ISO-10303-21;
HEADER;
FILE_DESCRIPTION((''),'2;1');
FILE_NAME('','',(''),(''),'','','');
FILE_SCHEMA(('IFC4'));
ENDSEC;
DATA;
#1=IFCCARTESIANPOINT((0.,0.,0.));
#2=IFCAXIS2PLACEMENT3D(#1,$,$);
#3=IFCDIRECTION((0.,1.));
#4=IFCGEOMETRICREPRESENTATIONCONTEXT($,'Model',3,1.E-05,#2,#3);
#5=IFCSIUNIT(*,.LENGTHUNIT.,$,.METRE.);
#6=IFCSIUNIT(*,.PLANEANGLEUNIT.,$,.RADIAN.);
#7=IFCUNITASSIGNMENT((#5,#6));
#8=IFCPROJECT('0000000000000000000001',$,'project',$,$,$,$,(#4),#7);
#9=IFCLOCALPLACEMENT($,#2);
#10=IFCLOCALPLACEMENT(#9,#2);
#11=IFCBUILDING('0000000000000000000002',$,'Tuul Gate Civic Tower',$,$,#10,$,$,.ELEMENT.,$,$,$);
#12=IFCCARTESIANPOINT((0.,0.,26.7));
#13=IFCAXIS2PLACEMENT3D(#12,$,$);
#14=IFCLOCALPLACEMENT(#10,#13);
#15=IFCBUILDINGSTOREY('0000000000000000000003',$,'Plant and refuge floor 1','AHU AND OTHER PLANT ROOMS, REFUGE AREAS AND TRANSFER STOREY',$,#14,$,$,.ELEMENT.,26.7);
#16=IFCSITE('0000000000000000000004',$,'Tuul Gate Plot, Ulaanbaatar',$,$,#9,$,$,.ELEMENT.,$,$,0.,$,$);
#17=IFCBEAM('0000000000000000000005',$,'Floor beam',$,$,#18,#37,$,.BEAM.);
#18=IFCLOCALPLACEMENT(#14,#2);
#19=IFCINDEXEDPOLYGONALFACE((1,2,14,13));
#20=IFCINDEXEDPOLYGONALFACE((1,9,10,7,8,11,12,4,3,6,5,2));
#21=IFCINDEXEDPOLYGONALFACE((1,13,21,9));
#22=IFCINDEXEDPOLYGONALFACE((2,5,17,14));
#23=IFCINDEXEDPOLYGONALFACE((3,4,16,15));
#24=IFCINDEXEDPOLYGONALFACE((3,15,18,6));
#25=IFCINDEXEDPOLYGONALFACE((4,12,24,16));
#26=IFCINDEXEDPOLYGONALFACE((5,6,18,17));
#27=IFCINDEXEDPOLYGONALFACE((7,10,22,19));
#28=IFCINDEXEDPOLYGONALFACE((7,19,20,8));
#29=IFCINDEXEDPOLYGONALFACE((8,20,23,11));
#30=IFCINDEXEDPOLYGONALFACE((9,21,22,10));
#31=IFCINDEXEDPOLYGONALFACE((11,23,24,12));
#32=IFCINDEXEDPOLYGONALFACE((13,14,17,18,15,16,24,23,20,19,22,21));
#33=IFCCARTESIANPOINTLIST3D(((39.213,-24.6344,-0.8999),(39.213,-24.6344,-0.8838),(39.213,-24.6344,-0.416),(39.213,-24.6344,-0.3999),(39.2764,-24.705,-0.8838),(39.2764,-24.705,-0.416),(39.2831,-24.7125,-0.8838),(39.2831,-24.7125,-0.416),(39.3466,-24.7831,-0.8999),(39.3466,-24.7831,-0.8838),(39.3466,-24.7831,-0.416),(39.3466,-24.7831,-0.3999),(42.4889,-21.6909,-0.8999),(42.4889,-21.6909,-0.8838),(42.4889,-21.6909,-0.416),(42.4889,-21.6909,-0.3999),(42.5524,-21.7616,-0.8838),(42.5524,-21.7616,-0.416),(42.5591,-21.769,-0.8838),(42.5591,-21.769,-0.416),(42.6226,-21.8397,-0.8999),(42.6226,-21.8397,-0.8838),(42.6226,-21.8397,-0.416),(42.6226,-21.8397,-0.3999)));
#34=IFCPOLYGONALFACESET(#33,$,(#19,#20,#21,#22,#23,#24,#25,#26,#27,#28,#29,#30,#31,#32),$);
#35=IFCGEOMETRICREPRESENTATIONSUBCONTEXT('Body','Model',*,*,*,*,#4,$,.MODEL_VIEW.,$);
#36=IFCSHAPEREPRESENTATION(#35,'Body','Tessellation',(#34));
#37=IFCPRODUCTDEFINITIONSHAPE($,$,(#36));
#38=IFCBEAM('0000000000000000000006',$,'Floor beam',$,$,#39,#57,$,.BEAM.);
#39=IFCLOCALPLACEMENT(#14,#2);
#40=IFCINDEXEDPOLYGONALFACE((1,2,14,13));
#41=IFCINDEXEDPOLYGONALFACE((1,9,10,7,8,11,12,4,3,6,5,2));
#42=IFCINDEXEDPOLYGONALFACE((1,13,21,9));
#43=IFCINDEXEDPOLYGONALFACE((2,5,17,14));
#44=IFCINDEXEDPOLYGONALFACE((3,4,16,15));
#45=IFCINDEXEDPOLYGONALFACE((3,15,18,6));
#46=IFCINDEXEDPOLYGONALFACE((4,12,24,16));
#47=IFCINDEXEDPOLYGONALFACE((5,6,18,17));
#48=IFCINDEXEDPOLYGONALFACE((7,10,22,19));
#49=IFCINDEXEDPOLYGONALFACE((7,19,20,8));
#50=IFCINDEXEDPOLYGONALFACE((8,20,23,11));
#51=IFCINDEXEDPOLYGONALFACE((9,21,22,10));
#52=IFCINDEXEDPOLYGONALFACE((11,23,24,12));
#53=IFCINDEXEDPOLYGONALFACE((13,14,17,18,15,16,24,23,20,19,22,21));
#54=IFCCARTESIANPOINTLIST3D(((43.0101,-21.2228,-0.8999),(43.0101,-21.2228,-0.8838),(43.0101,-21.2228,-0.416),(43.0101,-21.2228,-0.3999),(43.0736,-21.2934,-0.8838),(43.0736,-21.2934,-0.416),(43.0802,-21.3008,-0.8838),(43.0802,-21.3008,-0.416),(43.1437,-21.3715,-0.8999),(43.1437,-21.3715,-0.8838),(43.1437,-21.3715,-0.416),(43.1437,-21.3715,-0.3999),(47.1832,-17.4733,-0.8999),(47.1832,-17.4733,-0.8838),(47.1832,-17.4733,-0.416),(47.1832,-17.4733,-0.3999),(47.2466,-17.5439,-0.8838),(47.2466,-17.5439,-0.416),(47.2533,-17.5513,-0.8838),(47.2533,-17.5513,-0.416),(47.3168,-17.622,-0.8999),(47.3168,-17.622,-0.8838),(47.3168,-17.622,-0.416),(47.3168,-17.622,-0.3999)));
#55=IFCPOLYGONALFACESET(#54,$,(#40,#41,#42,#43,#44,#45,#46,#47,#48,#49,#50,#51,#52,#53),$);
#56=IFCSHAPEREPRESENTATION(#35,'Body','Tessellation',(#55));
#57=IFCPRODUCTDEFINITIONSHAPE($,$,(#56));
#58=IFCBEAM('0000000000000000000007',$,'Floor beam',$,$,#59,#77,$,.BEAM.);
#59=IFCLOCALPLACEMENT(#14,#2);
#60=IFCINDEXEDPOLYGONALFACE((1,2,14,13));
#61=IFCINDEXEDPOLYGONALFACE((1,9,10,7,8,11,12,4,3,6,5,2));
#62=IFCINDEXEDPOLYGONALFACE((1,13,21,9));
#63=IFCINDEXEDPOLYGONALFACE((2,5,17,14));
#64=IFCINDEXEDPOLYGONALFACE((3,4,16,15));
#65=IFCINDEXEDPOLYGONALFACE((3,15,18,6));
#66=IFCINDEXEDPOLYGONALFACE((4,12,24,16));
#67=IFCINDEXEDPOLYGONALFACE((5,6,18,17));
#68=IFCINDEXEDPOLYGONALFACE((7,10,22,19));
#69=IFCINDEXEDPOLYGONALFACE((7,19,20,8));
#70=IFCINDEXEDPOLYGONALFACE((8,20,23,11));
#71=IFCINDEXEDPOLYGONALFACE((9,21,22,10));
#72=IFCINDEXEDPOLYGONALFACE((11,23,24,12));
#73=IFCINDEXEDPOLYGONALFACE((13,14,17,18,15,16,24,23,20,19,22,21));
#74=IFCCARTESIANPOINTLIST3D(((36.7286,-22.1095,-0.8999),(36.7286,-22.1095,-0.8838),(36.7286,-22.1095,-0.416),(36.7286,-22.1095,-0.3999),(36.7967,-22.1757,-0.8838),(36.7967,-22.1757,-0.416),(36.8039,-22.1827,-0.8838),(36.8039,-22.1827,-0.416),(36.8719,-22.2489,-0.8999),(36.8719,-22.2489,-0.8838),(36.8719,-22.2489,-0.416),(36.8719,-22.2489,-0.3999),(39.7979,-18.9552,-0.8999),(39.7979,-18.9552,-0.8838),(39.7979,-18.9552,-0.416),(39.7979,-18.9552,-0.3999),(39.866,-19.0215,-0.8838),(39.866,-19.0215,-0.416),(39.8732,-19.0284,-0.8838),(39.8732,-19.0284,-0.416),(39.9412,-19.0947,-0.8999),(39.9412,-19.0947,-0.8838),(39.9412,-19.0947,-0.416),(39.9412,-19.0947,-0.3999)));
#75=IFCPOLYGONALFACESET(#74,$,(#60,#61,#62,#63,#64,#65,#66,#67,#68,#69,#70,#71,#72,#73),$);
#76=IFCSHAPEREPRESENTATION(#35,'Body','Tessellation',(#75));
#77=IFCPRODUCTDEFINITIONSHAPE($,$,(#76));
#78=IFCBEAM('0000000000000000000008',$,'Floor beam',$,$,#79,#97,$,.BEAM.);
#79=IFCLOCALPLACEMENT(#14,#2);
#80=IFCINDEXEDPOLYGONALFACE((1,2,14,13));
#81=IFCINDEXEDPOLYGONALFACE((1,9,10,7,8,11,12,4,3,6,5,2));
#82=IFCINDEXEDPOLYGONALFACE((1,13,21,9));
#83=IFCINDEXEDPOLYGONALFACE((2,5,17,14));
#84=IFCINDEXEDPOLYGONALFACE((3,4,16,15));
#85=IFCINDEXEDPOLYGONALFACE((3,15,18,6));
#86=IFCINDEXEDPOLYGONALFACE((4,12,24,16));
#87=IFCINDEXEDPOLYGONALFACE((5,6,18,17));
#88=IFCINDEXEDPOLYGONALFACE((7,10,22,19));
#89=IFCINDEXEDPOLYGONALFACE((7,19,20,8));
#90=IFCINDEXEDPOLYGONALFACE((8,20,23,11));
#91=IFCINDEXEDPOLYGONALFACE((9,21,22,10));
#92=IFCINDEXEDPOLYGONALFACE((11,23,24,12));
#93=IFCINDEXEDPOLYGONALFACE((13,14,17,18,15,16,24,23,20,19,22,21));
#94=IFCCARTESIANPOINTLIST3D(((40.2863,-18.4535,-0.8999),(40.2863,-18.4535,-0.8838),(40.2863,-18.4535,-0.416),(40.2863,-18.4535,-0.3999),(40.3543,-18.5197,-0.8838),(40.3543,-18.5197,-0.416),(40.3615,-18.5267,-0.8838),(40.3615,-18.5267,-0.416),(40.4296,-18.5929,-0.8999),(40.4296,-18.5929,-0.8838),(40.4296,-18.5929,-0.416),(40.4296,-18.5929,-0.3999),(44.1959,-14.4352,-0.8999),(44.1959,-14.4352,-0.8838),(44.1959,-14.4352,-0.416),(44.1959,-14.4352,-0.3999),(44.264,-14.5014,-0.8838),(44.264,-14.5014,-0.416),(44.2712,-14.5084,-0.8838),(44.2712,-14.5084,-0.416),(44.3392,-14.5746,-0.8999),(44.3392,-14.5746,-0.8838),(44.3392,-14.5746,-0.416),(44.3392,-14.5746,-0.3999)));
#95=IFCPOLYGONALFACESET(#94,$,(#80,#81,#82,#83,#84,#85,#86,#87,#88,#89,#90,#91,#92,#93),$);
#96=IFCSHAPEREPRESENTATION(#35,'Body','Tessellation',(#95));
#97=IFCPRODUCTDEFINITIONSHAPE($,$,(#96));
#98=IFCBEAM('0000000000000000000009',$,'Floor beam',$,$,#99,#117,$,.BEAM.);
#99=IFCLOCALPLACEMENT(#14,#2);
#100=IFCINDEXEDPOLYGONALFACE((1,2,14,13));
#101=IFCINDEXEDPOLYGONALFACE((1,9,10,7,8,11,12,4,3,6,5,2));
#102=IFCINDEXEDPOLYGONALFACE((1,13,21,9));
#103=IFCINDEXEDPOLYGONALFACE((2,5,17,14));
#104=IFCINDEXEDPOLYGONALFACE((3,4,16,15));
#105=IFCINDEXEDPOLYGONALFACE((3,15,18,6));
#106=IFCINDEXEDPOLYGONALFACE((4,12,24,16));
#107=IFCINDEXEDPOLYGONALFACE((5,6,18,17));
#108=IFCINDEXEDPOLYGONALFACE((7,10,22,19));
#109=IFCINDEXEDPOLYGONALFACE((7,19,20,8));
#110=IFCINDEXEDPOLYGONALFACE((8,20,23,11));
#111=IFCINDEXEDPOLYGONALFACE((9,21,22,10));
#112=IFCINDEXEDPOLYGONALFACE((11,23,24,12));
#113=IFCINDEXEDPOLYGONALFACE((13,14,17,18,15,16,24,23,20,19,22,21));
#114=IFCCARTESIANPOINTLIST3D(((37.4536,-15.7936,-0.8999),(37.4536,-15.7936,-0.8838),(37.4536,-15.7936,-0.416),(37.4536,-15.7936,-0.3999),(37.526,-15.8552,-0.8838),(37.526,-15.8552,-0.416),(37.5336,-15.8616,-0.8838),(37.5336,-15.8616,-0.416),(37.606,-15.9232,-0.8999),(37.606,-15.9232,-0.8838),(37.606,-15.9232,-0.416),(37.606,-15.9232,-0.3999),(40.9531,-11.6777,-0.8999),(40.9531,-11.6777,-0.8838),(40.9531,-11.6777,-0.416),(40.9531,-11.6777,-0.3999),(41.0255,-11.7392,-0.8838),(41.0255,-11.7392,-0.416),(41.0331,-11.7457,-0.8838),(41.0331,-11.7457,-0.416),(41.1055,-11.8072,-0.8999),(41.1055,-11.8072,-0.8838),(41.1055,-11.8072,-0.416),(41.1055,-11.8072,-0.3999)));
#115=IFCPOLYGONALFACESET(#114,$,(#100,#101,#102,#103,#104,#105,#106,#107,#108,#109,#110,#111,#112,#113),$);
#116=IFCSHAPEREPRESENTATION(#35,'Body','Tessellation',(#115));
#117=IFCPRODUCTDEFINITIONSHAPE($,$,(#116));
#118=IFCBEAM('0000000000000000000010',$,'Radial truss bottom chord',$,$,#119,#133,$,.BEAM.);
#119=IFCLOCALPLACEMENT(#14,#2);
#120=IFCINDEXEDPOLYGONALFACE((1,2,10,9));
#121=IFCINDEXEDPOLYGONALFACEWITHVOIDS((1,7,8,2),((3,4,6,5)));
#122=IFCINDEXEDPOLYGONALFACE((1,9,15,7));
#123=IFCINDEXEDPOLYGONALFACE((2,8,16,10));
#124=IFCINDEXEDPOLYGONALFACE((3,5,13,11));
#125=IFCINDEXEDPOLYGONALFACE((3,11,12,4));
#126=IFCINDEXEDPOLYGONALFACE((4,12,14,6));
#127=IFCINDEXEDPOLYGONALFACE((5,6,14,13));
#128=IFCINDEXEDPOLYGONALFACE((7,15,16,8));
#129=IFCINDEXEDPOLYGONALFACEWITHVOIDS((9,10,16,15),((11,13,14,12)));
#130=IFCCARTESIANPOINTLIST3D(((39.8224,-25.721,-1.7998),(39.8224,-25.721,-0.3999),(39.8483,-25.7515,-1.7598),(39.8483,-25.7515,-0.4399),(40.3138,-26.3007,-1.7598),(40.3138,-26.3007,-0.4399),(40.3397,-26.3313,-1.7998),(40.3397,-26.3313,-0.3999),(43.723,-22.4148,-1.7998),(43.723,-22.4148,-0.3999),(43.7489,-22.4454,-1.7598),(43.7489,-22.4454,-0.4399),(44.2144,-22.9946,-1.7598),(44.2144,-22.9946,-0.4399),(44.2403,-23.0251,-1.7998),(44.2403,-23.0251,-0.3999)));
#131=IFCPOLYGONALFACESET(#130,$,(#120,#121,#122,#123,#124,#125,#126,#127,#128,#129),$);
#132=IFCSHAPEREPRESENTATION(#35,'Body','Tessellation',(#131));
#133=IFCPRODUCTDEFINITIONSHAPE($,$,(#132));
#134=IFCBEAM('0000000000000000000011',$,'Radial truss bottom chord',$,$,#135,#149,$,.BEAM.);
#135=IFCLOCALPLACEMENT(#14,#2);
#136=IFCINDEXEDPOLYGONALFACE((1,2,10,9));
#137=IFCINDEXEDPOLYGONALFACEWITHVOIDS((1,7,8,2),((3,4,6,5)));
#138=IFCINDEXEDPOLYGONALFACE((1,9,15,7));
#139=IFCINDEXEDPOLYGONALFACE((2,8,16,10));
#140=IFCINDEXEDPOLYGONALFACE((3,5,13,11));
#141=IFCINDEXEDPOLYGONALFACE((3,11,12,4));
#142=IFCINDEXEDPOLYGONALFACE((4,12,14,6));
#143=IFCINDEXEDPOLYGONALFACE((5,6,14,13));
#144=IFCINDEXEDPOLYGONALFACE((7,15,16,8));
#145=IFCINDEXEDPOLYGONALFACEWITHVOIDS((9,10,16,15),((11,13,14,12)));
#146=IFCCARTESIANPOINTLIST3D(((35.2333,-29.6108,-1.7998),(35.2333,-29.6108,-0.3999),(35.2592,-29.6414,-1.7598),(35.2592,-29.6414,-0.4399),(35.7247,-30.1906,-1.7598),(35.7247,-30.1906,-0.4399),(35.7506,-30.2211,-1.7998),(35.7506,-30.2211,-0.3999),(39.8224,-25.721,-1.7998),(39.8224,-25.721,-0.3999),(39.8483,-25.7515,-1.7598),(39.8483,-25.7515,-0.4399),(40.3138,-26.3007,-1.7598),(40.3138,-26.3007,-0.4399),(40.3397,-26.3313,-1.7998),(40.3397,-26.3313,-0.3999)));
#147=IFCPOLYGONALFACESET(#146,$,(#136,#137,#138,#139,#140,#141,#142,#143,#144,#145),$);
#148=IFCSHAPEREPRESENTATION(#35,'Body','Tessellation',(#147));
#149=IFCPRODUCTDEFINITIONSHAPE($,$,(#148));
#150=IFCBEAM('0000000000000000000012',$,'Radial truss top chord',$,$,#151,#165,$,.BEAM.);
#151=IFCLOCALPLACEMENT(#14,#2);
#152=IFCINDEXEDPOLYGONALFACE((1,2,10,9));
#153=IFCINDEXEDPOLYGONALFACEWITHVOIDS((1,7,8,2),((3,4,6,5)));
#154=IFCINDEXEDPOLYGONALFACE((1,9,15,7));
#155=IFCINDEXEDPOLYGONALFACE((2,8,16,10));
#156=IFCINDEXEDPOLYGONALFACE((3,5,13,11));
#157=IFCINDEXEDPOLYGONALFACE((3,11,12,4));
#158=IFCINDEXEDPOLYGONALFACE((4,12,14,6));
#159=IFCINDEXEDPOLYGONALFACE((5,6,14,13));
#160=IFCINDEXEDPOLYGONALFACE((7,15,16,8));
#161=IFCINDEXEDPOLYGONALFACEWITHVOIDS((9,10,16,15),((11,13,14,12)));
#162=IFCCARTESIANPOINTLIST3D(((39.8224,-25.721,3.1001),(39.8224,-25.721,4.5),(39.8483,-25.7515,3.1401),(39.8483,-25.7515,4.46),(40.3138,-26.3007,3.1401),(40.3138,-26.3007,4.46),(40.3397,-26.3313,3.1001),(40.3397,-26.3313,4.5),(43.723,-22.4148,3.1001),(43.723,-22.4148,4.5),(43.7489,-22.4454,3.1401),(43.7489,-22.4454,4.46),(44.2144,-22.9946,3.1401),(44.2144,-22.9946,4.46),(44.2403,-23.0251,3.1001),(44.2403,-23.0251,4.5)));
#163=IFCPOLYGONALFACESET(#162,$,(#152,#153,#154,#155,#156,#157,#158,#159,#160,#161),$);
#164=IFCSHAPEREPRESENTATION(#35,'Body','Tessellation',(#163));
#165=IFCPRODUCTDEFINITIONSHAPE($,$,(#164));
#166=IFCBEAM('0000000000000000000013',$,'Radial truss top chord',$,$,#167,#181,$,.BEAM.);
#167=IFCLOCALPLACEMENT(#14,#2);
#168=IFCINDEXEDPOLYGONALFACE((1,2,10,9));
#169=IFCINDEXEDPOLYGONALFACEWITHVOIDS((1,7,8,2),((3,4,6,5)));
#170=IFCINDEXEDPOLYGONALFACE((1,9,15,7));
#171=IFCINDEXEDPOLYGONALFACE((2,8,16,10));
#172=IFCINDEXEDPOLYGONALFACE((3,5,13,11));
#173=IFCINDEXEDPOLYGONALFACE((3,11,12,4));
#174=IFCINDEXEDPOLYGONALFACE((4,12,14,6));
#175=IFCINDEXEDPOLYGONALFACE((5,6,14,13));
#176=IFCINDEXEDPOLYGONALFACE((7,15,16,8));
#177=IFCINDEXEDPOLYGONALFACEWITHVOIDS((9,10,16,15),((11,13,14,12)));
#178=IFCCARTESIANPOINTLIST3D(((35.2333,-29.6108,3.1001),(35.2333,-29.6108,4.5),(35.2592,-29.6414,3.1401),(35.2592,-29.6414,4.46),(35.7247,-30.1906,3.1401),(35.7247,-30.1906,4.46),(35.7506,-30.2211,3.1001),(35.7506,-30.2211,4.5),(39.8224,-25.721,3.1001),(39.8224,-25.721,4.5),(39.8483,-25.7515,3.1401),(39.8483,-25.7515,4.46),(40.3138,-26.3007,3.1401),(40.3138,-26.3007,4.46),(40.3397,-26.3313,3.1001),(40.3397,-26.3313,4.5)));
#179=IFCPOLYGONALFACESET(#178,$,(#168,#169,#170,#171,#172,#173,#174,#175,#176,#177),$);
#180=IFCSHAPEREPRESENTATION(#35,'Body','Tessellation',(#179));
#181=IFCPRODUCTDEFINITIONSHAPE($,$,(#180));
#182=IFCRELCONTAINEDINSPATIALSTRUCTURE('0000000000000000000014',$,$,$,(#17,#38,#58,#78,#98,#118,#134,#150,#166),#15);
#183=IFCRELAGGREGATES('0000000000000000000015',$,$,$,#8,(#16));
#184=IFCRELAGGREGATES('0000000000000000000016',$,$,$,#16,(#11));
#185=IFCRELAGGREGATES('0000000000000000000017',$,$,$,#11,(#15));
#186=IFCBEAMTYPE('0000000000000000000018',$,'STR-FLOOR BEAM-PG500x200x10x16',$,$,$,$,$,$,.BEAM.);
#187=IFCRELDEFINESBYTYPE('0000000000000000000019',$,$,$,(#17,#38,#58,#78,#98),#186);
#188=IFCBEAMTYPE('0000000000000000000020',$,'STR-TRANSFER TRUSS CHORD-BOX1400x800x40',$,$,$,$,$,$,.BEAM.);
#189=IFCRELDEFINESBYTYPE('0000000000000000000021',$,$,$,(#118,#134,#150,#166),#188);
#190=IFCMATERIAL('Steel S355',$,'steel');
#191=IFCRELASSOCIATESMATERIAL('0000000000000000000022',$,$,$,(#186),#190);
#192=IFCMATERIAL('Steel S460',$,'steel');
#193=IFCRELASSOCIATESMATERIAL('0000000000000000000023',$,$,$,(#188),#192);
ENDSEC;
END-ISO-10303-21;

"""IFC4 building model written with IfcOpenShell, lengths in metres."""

from ifc_helpers import new_model, si_unit, direction, frame, origin, origin_2d, place, context, subcontext, project, spatial, hollow_rectangle, i_section, extrude, material, material_profile, profile_set, type_object, element, save


model = new_model("IFC4")

# Units and contexts
model_context = context("Model", 3, precision=1e-05, world=origin(), true_north=direction((0.0, 1.0)))
body_context = subcontext(model_context, "Body", "Model", "MODEL_VIEW")
ifc_project = project(units=[si_unit("LENGTHUNIT", "METRE"), si_unit("PLANEANGLEUNIT", "RADIAN")], contexts=[model_context])

# Site, building, storey
site_placement = place(None, origin())
site = spatial("IfcSite", under=ifc_project, at=site_placement, Name="Tuul Gate Plot, Ulaanbaatar", CompositionType="ELEMENT", RefElevation=0.0)
building_placement = place(site_placement, origin())
building = spatial("IfcBuilding", under=site, at=building_placement, Name="Tuul Gate Civic Tower", CompositionType="ELEMENT")
storey_placement = place(building_placement, frame((0.0, 0.0, 26.7)))
storey = spatial("IfcBuildingStorey", under=building, at=storey_placement, Name="Plant and refuge floor 1", Description="AHU AND OTHER PLANT ROOMS, REFUGE AREAS AND TRANSFER STOREY", CompositionType="ELEMENT", Elevation=26.7)

# Beams
ifc_material_1 = material(Name="Steel S355", Category="steel")
ifc_material_profile_1 = material_profile(ifc_material_1, i_section(OverallWidth=0.2, OverallDepth=0.5, WebThickness=0.01, FlangeThickness=0.0161, at=origin_2d()), Name="PG500x200x10x16")
ifc_profile_set_1 = profile_set([ifc_material_profile_1], Name="Steel S355")
beam_type_1 = type_object("IfcBeamType", Name="STR-FLOOR BEAM-PG500x200x10x16", PredefinedType="BEAM", material=ifc_profile_set_1)
beam_1_placement = place(storey_placement, frame((39.2798, -24.7087, -0.6499), z_axis=(0.743851, 0.668346, 0.0), x_axis=(-0.668346, 0.743851, 0.0)))
element("IfcBeam", 1, at=beam_1_placement, inside=storey, type_object=beam_type_1, Name="Floor beam", PredefinedType="BEAM", context=body_context, shape_type="SweptSolid", body=[
    extrude(i_section(OverallWidth=0.2, OverallDepth=0.5, WebThickness=0.01, FlangeThickness=0.0161, at=origin_2d()), origin(), (0.0, 0.0, 1.0), 4.4041),
])
beam_2_placement = place(storey_placement, frame((43.0769, -21.2971, -0.6499), z_axis=(0.74385, 0.668347, 0.0), x_axis=(-0.668347, 0.74385, 0.0)))
element("IfcBeam", 2, at=beam_2_placement, inside=storey, type_object=beam_type_1, Name="Floor beam", PredefinedType="BEAM", context=body_context, shape_type="SweptSolid", body=[
    extrude(i_section(OverallWidth=0.2, OverallDepth=0.5, WebThickness=0.01, FlangeThickness=0.0161, at=origin_2d()), origin(), (0.0, 0.0, 1.0), 5.6101),
])
beam_3_placement = place(storey_placement, frame((36.8003, -22.1792, -0.6499), z_axis=(0.697389, 0.716693, 0.0), x_axis=(-0.716693, 0.697389, 0.0)))
element("IfcBeam", 3, at=beam_3_placement, inside=storey, type_object=beam_type_1, Name="Floor beam", PredefinedType="BEAM", context=body_context, shape_type="SweptSolid", body=[
    extrude(i_section(OverallWidth=0.2, OverallDepth=0.5, WebThickness=0.01, FlangeThickness=0.0161, at=origin_2d()), origin(), (0.0, 0.0, 1.0), 4.4011),
])
beam_4_placement = place(storey_placement, frame((40.3579, -18.5232, -0.6499), z_axis=(0.697351, 0.716729, 0.0), x_axis=(-0.716729, 0.697351, 0.0)))
element("IfcBeam", 4, at=beam_4_placement, inside=storey, type_object=beam_type_1, Name="Floor beam", PredefinedType="BEAM", context=body_context, shape_type="SweptSolid", body=[
    extrude(i_section(OverallWidth=0.2, OverallDepth=0.5, WebThickness=0.01, FlangeThickness=0.0161, at=origin_2d()), origin(), (0.0, 0.0, 1.0), 5.6064),
])
beam_5_placement = place(storey_placement, frame((37.5298, -15.8584, -0.6499), z_axis=(0.647749, 0.761853, 0.0), x_axis=(-0.761853, 0.647749, 0.0)))
element("IfcBeam", 5, at=beam_5_placement, inside=storey, type_object=beam_type_1, Name="Floor beam", PredefinedType="BEAM", context=body_context, shape_type="SweptSolid", body=[
    extrude(i_section(OverallWidth=0.2, OverallDepth=0.5, WebThickness=0.01, FlangeThickness=0.0161, at=origin_2d()), origin(), (0.0, 0.0, 1.0), 5.4026),
])
ifc_material_2 = material(Name="Steel S460", Category="steel")
ifc_material_profile_2 = material_profile(ifc_material_2, hollow_rectangle(XDim=0.8, YDim=1.3999, WallThickness=0.04, at=origin_2d()), Name="BOX1400x800x40")
ifc_profile_set_2 = profile_set([ifc_material_profile_2], Name="Steel S460")
beam_type_2 = type_object("IfcBeamType", Name="STR-TRANSFER TRUSS CHORD-BOX1400x800x40", PredefinedType="BEAM", material=ifc_profile_set_2)
beam_6_placement = place(storey_placement, frame((43.9817, -22.72, -1.0999), z_axis=(-0.762845, -0.646582, 0.0), x_axis=(0.646582, -0.762845, 0.0)))
element("IfcBeam", 6, at=beam_6_placement, inside=storey, type_object=beam_type_2, Name="Radial truss bottom chord", PredefinedType="BEAM", context=body_context, shape_type="SweptSolid", body=[
    extrude(hollow_rectangle(XDim=0.8, YDim=1.3999, WallThickness=0.04, at=origin_2d()), origin(), (0.0, 0.0, 1.0), 5.1133),
])
beam_7_placement = place(storey_placement, frame((40.0811, -26.0261, -1.0999), z_axis=(-0.762829, -0.646601, 0.0), x_axis=(0.646601, -0.762829, 0.0)))
element("IfcBeam", 7, at=beam_7_placement, inside=storey, type_object=beam_type_2, Name="Radial truss bottom chord", PredefinedType="BEAM", context=body_context, shape_type="SweptSolid", body=[
    extrude(hollow_rectangle(XDim=0.8, YDim=1.3999, WallThickness=0.04, at=origin_2d()), origin(), (0.0, 0.0, 1.0), 6.0159),
])
beam_8_placement = place(storey_placement, frame((43.9817, -22.72, 3.8), z_axis=(-0.762845, -0.646582, 0.0), x_axis=(0.646582, -0.762845, 0.0)))
element("IfcBeam", 8, at=beam_8_placement, inside=storey, type_object=beam_type_2, Name="Radial truss top chord", PredefinedType="BEAM", context=body_context, shape_type="SweptSolid", body=[
    extrude(hollow_rectangle(XDim=0.8, YDim=1.3999, WallThickness=0.04, at=origin_2d()), origin(), (0.0, 0.0, 1.0), 5.1133),
])
beam_9_placement = place(storey_placement, frame((40.0811, -26.0261, 3.8), z_axis=(-0.762829, -0.646601, 0.0), x_axis=(0.646601, -0.762829, 0.0)))
element("IfcBeam", 9, at=beam_9_placement, inside=storey, type_object=beam_type_2, Name="Radial truss top chord", PredefinedType="BEAM", context=body_context, shape_type="SweptSolid", body=[
    extrude(hollow_rectangle(XDim=0.8, YDim=1.3999, WallThickness=0.04, at=origin_2d()), origin(), (0.0, 0.0, 1.0), 6.0159),
])

save(model, "model.ifc")
